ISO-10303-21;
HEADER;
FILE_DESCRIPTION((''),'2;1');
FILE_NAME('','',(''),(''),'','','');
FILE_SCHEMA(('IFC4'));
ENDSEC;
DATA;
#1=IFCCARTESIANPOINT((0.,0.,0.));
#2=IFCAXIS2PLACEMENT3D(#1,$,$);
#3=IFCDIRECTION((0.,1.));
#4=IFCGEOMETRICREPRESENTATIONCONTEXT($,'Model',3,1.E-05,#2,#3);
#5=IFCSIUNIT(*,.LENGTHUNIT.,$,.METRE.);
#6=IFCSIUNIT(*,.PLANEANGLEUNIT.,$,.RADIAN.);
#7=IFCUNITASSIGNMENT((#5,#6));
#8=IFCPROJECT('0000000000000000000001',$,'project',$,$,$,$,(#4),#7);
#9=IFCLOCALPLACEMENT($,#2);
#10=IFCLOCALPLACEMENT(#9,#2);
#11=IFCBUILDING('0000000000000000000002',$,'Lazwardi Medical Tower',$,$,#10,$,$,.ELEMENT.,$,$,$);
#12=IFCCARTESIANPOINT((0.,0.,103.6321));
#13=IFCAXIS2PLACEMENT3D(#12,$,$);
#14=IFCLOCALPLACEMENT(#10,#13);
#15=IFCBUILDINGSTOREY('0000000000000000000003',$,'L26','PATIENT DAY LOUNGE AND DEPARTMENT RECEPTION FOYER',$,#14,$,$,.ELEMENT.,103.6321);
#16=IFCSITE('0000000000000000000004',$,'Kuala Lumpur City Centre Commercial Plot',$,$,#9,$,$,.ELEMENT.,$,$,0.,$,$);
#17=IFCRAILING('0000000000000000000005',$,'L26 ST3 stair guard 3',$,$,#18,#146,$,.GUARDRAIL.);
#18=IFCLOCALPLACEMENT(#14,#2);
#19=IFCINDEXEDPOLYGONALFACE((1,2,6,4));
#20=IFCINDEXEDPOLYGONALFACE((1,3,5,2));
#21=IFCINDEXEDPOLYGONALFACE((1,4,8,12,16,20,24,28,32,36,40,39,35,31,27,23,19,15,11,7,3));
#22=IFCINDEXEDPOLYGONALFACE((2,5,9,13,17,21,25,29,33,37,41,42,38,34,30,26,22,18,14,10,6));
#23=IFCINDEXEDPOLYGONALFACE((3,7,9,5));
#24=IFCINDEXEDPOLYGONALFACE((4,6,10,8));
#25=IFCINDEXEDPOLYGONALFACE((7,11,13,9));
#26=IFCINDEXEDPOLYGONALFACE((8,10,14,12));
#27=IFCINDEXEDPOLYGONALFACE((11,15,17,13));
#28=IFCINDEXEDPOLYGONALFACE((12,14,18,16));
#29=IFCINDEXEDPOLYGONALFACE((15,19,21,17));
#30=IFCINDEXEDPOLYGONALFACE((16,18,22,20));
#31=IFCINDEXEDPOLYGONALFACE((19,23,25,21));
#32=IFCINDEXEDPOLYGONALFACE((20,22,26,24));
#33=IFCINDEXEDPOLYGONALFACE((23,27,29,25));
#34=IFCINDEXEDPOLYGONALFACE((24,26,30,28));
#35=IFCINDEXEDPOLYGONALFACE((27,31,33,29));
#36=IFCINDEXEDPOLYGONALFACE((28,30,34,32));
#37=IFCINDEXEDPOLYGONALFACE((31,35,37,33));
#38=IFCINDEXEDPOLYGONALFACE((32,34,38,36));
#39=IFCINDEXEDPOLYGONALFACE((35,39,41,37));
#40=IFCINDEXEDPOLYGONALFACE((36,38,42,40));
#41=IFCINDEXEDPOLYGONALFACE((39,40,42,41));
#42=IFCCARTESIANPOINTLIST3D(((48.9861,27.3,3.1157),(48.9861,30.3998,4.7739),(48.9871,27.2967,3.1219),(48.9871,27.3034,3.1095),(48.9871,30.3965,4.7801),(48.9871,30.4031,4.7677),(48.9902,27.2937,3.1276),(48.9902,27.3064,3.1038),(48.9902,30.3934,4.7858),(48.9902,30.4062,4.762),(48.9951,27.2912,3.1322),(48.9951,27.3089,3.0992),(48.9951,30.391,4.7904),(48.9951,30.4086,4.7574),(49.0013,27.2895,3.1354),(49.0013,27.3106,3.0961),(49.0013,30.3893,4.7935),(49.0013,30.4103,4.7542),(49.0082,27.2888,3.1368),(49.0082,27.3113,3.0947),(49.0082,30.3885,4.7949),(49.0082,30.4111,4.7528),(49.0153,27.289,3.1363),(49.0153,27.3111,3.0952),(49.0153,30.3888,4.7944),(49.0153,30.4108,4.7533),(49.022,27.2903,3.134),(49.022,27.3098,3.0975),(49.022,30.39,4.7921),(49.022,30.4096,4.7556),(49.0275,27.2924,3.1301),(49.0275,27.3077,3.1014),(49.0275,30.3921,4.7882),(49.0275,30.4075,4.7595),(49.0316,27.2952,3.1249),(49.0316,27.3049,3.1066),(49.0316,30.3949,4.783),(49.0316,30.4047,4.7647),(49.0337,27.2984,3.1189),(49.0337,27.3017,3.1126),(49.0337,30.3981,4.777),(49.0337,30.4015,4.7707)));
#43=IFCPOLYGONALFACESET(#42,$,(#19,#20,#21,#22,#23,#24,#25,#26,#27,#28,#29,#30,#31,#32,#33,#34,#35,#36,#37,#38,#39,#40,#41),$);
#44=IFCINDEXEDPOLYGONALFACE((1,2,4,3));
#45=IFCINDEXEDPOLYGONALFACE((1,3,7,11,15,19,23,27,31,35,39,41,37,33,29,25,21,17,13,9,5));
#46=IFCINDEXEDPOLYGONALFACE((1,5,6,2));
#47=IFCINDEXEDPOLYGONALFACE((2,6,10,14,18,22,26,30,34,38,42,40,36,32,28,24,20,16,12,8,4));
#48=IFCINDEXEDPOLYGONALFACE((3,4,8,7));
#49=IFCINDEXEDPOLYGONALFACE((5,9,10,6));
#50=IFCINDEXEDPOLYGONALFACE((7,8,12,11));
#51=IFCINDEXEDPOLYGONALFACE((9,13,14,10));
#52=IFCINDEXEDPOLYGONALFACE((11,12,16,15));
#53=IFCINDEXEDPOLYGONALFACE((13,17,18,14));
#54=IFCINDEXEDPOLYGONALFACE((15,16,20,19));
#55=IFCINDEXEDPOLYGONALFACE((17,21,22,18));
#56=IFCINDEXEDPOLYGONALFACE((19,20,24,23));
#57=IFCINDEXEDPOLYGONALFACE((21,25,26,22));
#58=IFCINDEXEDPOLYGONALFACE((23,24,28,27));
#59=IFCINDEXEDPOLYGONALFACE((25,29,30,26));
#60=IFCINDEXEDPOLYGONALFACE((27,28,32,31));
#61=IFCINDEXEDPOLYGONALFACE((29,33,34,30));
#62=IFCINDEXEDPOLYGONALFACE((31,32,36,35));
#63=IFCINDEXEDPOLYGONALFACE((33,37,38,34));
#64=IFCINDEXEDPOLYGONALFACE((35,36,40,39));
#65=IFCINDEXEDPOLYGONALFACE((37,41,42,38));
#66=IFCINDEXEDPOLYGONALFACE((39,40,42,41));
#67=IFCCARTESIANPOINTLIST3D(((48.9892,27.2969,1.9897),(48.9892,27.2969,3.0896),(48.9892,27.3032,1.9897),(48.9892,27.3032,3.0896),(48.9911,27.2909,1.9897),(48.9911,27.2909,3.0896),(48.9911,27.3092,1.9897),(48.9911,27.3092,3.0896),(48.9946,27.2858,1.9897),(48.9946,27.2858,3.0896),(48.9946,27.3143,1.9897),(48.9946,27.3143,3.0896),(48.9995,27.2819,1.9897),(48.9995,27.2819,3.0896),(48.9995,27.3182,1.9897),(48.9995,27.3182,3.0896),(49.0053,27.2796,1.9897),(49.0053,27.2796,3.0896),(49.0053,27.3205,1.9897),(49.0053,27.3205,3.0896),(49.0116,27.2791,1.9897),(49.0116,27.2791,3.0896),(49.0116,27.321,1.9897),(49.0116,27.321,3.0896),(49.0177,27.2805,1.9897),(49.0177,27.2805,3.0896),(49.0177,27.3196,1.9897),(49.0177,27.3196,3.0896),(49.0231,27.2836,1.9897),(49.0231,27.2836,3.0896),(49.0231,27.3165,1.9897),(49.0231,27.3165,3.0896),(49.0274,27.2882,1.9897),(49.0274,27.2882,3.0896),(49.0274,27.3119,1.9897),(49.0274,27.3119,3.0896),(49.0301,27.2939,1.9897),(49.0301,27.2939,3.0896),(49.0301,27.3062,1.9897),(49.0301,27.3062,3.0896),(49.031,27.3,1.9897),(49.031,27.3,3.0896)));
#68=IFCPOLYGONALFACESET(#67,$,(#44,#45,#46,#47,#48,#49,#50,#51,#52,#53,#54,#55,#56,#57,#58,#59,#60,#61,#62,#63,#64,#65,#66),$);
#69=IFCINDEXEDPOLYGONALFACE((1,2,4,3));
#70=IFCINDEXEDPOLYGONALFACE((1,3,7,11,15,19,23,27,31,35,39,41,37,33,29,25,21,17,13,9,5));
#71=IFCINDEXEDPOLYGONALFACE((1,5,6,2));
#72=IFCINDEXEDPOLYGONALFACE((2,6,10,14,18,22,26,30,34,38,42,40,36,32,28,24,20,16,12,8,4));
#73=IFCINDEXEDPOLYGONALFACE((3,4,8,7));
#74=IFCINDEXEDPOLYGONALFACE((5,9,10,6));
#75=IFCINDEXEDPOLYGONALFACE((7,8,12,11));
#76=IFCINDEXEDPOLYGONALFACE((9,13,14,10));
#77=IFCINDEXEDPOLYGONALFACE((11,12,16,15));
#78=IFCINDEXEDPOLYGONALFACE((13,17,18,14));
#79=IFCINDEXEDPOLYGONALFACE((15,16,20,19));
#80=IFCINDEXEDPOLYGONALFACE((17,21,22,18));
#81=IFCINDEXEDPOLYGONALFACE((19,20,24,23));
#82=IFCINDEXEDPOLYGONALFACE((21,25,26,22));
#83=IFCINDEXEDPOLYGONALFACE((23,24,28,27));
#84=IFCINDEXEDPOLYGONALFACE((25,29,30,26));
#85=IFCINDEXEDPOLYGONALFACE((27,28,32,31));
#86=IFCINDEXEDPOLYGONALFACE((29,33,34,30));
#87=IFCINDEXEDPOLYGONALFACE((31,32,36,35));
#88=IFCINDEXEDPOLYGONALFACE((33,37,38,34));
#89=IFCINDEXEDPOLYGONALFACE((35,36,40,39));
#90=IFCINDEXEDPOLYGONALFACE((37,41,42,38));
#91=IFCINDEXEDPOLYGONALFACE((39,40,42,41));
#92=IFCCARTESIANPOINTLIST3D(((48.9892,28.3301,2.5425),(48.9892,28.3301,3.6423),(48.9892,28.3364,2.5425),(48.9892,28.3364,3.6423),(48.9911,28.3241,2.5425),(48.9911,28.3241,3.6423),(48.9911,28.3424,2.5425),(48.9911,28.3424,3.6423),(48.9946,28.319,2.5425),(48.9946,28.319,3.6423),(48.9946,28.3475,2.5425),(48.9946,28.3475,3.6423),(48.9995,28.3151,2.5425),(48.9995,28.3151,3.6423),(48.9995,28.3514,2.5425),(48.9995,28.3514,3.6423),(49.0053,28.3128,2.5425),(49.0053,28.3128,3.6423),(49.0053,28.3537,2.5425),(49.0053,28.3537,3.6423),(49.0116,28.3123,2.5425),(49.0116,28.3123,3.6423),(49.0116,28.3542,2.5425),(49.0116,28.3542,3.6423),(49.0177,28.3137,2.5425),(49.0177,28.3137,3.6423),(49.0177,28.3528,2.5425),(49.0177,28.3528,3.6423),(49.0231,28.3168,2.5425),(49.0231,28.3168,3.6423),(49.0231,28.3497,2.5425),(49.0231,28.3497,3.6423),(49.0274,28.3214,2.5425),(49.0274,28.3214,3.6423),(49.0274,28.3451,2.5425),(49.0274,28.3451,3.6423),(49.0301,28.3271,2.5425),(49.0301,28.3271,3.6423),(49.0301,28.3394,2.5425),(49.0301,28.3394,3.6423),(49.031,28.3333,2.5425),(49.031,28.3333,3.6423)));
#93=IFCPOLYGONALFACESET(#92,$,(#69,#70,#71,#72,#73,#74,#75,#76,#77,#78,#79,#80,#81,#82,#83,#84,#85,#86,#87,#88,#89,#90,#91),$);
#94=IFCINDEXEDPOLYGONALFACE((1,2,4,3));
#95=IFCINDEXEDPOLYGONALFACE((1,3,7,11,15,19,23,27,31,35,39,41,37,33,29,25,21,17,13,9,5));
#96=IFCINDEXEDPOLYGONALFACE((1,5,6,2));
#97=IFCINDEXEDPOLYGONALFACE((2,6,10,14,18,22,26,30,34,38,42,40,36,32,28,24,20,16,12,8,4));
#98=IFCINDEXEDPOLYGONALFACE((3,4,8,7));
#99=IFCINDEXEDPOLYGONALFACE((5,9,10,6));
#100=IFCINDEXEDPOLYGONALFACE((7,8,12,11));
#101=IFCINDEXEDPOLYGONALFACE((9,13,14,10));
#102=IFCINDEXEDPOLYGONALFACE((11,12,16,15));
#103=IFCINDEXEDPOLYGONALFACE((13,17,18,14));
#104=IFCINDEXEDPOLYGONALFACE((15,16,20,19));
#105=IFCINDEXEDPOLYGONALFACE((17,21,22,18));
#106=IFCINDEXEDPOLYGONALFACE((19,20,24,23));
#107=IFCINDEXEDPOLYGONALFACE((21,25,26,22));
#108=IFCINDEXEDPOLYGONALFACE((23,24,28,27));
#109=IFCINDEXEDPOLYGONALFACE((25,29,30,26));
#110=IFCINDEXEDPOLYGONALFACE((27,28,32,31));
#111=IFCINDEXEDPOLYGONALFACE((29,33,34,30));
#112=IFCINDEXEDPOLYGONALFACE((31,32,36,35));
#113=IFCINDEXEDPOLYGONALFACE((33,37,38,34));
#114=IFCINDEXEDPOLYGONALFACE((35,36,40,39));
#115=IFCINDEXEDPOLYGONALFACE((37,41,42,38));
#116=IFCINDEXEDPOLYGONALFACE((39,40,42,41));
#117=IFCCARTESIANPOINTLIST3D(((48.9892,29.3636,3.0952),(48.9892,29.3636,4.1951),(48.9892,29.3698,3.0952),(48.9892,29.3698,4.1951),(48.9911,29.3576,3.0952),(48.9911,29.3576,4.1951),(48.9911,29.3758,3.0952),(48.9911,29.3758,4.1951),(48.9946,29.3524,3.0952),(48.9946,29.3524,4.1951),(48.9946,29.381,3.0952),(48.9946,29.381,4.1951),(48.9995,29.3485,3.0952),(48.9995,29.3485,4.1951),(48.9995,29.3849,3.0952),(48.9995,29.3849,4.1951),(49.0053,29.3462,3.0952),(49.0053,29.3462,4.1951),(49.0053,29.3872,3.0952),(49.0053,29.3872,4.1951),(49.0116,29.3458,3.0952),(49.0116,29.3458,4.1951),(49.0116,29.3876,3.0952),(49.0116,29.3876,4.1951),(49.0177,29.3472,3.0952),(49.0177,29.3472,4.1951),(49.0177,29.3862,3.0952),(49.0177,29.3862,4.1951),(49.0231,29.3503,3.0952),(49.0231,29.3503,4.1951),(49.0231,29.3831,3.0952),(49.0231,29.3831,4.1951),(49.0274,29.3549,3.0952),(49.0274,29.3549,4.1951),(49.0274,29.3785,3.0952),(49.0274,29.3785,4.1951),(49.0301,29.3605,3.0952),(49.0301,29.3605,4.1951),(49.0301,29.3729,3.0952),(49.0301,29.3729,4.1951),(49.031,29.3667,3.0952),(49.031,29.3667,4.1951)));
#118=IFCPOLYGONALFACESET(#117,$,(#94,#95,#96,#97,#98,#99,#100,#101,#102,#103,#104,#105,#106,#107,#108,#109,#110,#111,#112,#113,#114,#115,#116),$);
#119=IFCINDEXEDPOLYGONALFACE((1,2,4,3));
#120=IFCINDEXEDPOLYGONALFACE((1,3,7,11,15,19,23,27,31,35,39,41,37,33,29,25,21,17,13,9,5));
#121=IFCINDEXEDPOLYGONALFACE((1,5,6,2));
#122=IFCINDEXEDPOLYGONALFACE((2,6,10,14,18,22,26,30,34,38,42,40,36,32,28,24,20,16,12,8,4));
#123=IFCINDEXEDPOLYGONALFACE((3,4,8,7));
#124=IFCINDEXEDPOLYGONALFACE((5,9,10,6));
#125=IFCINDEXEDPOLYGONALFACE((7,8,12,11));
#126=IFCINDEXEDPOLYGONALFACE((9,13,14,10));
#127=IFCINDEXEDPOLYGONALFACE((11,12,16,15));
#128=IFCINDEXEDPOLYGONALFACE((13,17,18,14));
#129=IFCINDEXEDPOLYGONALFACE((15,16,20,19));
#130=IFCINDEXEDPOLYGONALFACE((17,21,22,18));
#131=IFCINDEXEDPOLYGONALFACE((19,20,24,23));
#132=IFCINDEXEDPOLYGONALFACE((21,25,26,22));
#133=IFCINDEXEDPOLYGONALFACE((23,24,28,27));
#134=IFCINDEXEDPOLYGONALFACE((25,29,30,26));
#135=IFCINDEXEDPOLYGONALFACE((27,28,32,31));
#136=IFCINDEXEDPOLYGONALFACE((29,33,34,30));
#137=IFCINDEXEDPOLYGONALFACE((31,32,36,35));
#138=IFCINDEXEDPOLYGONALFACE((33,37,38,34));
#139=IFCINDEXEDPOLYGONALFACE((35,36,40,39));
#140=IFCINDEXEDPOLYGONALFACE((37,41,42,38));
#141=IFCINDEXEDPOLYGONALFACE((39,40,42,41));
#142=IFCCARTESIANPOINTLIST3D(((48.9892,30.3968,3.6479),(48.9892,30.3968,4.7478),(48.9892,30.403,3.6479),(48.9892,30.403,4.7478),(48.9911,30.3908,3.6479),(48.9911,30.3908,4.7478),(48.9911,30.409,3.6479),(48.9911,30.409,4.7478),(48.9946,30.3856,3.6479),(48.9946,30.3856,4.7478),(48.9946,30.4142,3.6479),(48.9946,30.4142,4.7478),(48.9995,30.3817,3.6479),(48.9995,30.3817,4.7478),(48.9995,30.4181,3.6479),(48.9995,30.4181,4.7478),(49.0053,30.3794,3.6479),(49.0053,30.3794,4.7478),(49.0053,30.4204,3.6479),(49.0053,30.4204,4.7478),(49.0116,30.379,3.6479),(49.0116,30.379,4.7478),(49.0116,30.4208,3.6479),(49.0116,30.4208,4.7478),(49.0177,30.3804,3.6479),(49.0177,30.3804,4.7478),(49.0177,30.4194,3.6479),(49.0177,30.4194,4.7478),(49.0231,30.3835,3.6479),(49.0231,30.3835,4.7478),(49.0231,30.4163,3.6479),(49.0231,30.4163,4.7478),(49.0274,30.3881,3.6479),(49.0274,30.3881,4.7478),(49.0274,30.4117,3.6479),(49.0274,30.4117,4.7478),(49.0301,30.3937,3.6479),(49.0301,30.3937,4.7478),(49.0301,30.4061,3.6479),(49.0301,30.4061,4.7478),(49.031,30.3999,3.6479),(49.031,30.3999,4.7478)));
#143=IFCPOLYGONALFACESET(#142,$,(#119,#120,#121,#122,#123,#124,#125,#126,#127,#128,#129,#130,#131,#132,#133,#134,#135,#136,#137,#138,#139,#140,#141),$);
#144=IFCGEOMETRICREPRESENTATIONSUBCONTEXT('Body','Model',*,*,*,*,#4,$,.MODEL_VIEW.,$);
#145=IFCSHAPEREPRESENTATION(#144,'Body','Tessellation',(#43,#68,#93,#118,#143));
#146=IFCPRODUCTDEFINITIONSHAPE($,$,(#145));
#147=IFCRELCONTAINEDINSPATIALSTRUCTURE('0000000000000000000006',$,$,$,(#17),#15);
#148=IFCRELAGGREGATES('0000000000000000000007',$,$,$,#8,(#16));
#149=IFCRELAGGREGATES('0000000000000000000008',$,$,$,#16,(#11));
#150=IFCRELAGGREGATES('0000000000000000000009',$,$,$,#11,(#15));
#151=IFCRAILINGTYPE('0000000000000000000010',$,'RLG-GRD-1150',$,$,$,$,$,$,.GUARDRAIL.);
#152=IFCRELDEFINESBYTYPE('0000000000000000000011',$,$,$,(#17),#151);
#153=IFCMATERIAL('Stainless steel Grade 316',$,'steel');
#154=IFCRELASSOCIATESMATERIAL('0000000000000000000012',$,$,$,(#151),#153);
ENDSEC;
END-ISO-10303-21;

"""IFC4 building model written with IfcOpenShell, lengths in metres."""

from ifc_helpers import new_model, si_unit, direction, frame, origin, origin_2d, place, context, subcontext, project, spatial, circle, extrude, material, type_object, element, save


model = new_model("IFC4")

# Units and contexts
model_context = context("Model", 3, precision=1e-05, world=origin(), true_north=direction((0.0, 1.0)))
body_context = subcontext(model_context, "Body", "Model", "MODEL_VIEW")
ifc_project = project(units=[si_unit("LENGTHUNIT", "METRE"), si_unit("PLANEANGLEUNIT", "RADIAN")], contexts=[model_context])

# Site, building, storey
site_placement = place(None, origin())
site = spatial("IfcSite", under=ifc_project, at=site_placement, Name="Kuala Lumpur City Centre Commercial Plot", CompositionType="ELEMENT", RefElevation=0.0)
building_placement = place(site_placement, origin())
building = spatial("IfcBuilding", under=site, at=building_placement, Name="Lazwardi Medical Tower", CompositionType="ELEMENT")
storey_placement = place(building_placement, frame((0.0, 0.0, 103.6321)))
storey = spatial("IfcBuildingStorey", under=building, at=storey_placement, Name="L26", Description="PATIENT DAY LOUNGE AND DEPARTMENT RECEPTION FOYER", CompositionType="ELEMENT", Elevation=103.6321)

# Railing
ifc_material_1 = material(Name="Stainless steel Grade 316", Category="steel")
railing_type_1 = type_object("IfcRailingType", Name="RLG-GRD-1150", PredefinedType="GUARDRAIL", material=ifc_material_1)
railing_1_placement = place(storey_placement, frame((49.01, 27.3, 1.9897)))
element("IfcRailing", 1, at=railing_1_placement, inside=storey, type_object=railing_type_1, Name="L26 ST3 stair guard 3", PredefinedType="GUARDRAIL", context=body_context, shape_type="SweptSolid", body=[
    extrude(circle(Radius=0.0239, at=origin_2d()), frame((0.0, 0.0, 1.126), z_axis=(0.0, 0.881768, 0.471684), x_axis=(-1.0, 0.0, 0.0)), (0.0, 0.0, 1.0), 3.5154),
    extrude(circle(Radius=0.021, at=origin_2d()), origin(), (0.0, 0.0, 1.0), 1.0999),
    extrude(circle(Radius=0.021, at=origin_2d()), frame((0.0, 1.0332, 0.5527)), (0.0, 0.0, 1.0), 1.0999),
    extrude(circle(Radius=0.021, at=origin_2d()), frame((0.0, 2.0667, 1.1055)), (0.0, 0.0, 1.0), 1.0999),
    extrude(circle(Radius=0.021, at=origin_2d()), frame((0.0, 3.0999, 1.6582)), (0.0, 0.0, 1.0), 1.0999),
])

save(model, "model.ifc")
